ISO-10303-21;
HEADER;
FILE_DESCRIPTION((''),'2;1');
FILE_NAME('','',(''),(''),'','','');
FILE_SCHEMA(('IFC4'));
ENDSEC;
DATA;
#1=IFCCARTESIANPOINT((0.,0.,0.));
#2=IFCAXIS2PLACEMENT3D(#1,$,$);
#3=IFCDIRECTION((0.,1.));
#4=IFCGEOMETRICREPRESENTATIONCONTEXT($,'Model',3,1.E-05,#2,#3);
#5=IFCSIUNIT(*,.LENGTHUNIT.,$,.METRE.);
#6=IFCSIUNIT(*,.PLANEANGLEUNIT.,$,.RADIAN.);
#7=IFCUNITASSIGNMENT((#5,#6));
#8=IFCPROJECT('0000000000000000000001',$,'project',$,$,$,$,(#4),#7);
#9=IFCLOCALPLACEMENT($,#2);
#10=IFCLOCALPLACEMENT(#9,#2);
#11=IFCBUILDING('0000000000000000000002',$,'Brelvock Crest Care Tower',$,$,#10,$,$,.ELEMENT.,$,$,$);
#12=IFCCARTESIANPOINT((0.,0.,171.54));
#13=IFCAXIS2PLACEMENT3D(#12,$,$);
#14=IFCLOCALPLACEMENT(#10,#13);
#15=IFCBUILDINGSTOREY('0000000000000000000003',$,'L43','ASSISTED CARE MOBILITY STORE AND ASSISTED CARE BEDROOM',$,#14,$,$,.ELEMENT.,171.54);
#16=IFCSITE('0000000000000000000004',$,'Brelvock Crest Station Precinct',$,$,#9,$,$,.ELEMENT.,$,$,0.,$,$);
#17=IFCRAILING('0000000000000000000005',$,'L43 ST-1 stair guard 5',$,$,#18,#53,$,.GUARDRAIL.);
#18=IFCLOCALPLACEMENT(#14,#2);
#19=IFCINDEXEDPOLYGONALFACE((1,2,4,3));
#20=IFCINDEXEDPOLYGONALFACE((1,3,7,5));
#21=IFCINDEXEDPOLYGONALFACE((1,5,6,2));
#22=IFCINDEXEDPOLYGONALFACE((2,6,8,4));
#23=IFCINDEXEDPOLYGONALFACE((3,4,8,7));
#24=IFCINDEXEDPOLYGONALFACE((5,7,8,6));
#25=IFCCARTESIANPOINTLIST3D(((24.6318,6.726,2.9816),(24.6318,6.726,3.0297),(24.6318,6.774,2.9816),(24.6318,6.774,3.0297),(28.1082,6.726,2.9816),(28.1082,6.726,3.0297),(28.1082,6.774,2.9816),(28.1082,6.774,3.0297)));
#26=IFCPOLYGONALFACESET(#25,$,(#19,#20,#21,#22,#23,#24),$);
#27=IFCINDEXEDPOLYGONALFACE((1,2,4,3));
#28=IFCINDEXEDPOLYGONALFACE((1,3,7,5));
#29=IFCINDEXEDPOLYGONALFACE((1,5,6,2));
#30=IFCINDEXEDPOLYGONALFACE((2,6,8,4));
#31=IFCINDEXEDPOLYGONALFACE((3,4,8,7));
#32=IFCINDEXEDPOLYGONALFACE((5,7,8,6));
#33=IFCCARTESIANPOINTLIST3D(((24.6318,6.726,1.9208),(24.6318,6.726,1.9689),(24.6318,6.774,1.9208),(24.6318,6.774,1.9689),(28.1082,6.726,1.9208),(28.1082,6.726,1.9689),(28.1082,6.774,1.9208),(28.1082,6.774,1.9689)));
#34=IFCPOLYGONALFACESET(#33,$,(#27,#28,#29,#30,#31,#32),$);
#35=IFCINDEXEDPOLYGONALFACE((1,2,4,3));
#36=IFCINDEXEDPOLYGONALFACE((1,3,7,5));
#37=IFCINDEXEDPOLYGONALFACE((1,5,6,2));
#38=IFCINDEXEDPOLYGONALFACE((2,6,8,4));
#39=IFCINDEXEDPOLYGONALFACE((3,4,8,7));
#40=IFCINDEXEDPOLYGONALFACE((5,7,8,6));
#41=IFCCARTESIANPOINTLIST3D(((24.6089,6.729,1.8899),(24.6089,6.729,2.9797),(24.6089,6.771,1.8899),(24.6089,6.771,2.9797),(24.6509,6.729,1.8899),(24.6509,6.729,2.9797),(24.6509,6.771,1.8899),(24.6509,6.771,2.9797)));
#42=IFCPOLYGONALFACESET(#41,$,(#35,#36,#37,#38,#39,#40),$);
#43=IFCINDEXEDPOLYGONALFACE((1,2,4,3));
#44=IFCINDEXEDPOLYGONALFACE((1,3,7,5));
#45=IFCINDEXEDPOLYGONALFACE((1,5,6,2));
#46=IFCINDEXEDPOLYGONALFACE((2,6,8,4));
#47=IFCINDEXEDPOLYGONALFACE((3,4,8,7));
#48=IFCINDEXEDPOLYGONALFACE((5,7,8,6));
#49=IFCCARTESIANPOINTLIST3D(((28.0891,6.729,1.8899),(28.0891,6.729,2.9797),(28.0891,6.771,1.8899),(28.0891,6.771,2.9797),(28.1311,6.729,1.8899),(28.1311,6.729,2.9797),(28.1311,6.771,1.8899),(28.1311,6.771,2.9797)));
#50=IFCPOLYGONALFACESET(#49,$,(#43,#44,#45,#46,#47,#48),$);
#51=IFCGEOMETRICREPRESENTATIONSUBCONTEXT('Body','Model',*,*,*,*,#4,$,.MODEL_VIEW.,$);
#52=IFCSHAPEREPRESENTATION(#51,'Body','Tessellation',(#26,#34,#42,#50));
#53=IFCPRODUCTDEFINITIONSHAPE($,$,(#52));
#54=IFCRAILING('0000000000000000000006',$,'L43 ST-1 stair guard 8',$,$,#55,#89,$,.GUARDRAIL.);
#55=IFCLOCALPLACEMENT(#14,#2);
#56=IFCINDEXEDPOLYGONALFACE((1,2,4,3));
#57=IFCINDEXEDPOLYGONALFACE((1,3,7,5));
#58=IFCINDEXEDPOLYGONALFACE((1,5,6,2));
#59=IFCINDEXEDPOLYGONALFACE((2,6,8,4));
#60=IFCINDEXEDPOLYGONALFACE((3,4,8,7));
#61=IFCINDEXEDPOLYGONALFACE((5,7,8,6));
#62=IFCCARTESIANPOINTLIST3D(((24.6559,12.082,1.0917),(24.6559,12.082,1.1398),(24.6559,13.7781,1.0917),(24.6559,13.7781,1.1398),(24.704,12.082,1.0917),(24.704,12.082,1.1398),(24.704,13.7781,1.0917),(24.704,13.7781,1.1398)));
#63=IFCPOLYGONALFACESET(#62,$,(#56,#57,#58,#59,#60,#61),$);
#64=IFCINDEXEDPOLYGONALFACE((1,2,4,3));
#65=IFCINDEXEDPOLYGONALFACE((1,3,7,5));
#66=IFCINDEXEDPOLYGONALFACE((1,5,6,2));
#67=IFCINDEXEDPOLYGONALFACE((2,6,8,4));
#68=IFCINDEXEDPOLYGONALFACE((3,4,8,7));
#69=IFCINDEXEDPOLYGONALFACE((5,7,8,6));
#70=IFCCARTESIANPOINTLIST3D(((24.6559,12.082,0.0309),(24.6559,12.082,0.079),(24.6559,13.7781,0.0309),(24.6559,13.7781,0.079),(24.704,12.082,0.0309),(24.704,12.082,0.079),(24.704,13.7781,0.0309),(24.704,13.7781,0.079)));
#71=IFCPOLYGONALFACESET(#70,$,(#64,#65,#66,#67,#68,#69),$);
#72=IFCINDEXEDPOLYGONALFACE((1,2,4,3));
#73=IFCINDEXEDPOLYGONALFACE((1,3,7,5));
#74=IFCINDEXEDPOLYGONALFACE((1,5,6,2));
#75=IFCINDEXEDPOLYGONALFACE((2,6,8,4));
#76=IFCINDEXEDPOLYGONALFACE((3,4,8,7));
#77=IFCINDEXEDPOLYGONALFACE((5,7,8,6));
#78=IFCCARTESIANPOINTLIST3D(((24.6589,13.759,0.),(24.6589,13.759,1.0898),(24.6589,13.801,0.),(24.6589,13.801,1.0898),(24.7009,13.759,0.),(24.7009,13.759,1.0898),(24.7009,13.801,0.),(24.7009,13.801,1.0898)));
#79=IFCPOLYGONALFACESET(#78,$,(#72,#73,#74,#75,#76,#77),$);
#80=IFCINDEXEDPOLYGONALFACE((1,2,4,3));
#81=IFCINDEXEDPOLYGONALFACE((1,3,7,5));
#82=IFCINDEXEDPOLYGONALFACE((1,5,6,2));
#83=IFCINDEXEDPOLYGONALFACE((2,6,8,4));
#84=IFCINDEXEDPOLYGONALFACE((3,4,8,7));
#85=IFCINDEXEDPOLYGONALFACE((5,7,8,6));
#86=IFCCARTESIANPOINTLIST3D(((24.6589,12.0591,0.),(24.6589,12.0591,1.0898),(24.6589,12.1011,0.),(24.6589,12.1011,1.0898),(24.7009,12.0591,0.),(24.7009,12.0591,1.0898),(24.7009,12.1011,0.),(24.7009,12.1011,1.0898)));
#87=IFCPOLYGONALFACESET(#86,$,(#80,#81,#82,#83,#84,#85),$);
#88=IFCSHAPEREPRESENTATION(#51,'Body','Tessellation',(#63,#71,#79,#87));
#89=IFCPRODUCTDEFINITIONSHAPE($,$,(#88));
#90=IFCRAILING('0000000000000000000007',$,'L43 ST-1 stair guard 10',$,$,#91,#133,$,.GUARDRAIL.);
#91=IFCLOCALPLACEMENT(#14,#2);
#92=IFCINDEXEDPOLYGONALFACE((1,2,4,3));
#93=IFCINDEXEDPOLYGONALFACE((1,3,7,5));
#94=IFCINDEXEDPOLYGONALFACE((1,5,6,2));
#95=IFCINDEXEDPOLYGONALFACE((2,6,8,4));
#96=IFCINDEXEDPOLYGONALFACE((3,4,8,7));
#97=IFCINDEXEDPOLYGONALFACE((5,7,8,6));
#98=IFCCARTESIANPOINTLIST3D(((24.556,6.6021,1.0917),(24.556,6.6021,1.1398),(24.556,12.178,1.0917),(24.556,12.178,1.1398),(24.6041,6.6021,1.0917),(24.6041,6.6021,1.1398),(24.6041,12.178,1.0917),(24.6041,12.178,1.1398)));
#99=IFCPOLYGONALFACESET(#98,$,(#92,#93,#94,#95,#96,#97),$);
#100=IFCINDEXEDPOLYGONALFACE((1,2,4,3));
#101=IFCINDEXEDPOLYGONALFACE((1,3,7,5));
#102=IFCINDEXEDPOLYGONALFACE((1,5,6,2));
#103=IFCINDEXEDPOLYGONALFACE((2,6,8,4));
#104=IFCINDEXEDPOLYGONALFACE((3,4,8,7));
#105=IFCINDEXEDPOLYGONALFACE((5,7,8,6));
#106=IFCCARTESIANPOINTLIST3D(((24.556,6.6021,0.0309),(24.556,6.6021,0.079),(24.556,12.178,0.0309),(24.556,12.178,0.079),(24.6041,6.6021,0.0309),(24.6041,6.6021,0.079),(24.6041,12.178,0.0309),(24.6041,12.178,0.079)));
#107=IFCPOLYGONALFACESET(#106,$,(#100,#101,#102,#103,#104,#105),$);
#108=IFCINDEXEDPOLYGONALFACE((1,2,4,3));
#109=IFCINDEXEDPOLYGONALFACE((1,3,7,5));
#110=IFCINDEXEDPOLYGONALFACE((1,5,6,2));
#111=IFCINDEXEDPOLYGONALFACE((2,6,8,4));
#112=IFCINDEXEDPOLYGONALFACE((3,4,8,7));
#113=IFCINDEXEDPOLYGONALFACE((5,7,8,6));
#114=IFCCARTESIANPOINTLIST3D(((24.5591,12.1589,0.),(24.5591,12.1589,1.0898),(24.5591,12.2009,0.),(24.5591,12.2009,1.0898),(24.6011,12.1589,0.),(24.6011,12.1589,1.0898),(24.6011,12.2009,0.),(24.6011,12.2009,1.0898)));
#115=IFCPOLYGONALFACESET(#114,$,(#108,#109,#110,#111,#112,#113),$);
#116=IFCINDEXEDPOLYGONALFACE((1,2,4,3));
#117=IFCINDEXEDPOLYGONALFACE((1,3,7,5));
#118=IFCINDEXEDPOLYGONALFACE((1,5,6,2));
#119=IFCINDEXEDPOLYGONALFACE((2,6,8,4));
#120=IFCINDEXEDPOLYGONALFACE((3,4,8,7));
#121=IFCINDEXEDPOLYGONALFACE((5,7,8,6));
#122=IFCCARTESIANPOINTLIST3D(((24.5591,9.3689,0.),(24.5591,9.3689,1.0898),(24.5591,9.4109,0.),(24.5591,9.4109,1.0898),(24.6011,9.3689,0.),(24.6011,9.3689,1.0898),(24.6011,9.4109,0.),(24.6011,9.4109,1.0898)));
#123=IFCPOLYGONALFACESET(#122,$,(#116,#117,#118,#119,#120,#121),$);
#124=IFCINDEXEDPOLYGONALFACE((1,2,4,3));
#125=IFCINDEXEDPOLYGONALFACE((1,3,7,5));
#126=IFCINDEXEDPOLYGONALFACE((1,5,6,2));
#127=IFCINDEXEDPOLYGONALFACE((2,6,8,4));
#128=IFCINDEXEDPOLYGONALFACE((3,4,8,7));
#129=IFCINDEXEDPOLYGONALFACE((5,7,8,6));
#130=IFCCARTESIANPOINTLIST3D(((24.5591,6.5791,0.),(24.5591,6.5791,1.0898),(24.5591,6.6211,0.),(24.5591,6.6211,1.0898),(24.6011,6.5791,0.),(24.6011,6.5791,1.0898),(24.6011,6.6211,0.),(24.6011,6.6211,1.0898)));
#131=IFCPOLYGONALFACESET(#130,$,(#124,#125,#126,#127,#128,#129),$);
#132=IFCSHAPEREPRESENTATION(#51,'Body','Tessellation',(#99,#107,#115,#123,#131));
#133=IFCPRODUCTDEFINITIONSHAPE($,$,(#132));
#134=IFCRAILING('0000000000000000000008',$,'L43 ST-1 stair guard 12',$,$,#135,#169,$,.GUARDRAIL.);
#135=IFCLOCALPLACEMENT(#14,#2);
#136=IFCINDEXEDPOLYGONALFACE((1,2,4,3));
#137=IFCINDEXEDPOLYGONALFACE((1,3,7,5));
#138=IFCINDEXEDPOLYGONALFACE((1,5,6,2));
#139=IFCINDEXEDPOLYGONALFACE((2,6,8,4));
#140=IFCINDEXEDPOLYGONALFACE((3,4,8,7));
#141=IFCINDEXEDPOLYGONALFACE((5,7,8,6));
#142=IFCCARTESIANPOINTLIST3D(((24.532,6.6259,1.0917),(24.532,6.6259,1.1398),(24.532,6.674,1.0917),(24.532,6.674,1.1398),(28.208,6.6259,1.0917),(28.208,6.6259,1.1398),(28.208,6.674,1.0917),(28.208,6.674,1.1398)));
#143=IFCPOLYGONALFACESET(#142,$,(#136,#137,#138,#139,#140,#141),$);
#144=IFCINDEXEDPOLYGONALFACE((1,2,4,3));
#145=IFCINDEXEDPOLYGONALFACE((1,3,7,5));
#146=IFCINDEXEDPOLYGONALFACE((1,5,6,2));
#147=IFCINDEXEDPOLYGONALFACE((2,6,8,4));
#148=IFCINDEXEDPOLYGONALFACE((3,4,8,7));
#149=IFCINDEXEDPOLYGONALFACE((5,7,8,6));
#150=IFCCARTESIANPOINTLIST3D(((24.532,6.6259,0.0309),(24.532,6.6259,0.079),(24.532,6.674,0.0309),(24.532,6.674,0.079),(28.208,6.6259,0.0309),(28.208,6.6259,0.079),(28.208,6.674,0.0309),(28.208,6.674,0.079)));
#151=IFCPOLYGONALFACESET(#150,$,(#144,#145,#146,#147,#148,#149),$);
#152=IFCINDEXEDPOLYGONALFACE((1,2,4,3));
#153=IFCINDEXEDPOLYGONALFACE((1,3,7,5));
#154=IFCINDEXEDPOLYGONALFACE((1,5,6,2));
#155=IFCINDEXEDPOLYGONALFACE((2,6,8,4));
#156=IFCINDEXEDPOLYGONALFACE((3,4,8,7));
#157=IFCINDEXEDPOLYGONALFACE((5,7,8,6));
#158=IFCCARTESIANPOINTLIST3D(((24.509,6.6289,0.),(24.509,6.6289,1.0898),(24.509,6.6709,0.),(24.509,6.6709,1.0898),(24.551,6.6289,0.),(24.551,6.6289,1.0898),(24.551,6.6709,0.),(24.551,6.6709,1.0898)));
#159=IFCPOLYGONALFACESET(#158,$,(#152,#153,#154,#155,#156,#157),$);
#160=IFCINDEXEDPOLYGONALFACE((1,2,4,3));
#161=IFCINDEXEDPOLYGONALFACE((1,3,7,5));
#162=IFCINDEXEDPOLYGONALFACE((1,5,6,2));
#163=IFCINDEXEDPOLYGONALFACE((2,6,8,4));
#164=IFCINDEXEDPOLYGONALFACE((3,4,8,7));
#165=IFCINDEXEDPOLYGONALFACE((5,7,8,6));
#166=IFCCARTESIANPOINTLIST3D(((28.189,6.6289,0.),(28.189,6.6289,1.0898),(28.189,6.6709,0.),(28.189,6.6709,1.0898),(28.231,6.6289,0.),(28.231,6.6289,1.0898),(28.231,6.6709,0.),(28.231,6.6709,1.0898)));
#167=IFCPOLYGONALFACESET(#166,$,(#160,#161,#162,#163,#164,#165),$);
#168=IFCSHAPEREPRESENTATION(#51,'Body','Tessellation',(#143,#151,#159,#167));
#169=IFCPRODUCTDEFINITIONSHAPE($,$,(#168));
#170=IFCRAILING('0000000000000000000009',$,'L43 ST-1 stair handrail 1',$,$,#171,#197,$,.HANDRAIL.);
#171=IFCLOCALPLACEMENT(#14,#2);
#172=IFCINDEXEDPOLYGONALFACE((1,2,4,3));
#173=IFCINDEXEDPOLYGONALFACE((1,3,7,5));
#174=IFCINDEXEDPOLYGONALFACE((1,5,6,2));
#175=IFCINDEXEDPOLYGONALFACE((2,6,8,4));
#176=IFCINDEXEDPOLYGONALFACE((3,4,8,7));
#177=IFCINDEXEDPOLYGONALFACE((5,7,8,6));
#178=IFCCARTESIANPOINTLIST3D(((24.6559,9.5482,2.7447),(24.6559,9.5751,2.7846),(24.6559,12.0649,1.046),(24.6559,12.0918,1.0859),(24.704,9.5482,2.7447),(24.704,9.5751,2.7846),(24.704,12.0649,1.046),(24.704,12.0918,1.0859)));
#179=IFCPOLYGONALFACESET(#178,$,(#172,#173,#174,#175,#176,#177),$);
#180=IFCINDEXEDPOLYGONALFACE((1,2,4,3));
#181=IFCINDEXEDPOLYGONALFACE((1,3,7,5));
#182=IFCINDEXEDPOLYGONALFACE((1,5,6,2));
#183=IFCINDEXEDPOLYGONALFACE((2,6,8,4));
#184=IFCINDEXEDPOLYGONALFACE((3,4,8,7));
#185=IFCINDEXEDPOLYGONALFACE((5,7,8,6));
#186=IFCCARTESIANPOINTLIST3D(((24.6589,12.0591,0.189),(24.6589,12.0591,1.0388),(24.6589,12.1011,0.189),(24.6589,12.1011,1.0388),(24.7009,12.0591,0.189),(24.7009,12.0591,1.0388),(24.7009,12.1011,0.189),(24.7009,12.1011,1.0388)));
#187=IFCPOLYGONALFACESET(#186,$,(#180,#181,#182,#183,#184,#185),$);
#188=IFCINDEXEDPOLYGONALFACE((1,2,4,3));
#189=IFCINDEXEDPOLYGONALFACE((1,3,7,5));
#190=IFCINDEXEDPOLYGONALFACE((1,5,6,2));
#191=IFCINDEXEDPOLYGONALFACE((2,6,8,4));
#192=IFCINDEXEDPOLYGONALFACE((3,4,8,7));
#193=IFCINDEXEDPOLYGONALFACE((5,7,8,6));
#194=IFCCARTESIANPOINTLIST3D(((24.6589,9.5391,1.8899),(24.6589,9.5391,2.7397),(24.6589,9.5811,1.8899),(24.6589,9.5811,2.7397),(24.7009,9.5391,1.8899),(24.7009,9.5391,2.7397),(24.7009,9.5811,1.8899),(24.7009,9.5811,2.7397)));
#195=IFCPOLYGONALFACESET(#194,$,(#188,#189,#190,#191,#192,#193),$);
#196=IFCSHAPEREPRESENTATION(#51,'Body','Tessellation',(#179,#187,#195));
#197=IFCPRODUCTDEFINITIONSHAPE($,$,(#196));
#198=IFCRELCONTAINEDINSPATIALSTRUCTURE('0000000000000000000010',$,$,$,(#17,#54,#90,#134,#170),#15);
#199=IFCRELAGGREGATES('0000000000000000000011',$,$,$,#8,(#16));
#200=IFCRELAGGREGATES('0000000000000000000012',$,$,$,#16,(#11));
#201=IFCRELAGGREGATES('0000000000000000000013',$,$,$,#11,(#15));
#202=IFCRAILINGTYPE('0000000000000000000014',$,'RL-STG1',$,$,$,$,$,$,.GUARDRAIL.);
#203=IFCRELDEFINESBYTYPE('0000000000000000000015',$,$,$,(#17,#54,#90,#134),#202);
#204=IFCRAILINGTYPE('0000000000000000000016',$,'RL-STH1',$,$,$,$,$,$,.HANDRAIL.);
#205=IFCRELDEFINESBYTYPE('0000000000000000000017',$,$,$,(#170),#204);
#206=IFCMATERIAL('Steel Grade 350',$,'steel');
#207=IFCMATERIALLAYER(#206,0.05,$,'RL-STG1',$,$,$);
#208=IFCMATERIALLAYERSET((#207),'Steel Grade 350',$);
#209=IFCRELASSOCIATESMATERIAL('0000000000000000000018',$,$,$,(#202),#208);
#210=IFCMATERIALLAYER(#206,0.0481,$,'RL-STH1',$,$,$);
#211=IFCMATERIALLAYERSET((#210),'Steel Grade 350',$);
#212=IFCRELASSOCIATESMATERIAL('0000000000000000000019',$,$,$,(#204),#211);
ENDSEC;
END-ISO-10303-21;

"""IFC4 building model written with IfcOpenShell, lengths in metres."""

from ifc_helpers import new_model, si_unit, direction, frame, origin, origin_2d, place, context, subcontext, project, spatial, rectangle, extrude, material, layer, layer_set, type_object, element, save


model = new_model("IFC4")

# Units and contexts
model_context = context("Model", 3, precision=1e-05, world=origin(), true_north=direction((0.0, 1.0)))
body_context = subcontext(model_context, "Body", "Model", "MODEL_VIEW")
ifc_project = project(units=[si_unit("LENGTHUNIT", "METRE"), si_unit("PLANEANGLEUNIT", "RADIAN")], contexts=[model_context])

# Site, building, storey
site_placement = place(None, origin())
site = spatial("IfcSite", under=ifc_project, at=site_placement, Name="Brelvock Crest Station Precinct", CompositionType="ELEMENT", RefElevation=0.0)
building_placement = place(site_placement, origin())
building = spatial("IfcBuilding", under=site, at=building_placement, Name="Brelvock Crest Care Tower", CompositionType="ELEMENT")
storey_placement = place(building_placement, frame((0.0, 0.0, 171.54)))
storey = spatial("IfcBuildingStorey", under=building, at=storey_placement, Name="L43", Description="ASSISTED CARE MOBILITY STORE AND ASSISTED CARE BEDROOM", CompositionType="ELEMENT", Elevation=171.54)

# Shared definitions
ifc_material_1 = material(Name="Steel Grade 350", Category="steel")

# Railings
ifc_layer_1 = layer(ifc_material_1, 0.05, Name="RL-STG1")
ifc_layer_set_1 = layer_set([ifc_layer_1], Name="Steel Grade 350")
railing_type_1 = type_object("IfcRailingType", Name="RL-STG1", PredefinedType="GUARDRAIL", material=ifc_layer_set_1)
railing_1_placement = place(storey_placement, frame((24.6299, 6.75, 1.8899)))
element("IfcRailing", 1, at=railing_1_placement, inside=storey, type_object=railing_type_1, Name="L43 ST-1 stair guard 5", PredefinedType="GUARDRAIL", context=body_context, shape_type="SweptSolid", body=[
    extrude(rectangle(XDim=0.0481, YDim=0.0481, at=origin_2d()), frame((0.002, 0.0, 1.1157), z_axis=(1.0, 0.0, 0.0), x_axis=(0.0, 1.0, 0.0)), (0.0, 0.0, 1.0), 3.4763),
    extrude(rectangle(XDim=0.0481, YDim=0.0481, at=origin_2d()), frame((0.002, 0.0, 0.0549), z_axis=(1.0, 0.0, 0.0), x_axis=(0.0, 1.0, 0.0)), (0.0, 0.0, 1.0), 3.4763),
    extrude(rectangle(XDim=0.042, YDim=0.042, at=origin_2d()), origin(), (0.0, 0.0, 1.0), 1.0898),
    extrude(rectangle(XDim=0.042, YDim=0.042, at=origin_2d()), frame((3.4802, 0.0, 0.0)), (0.0, 0.0, 1.0), 1.0898),
])
railing_2_placement = place(storey_placement, frame((24.6799, 13.78, 0.0)))
element("IfcRailing", 2, at=railing_2_placement, inside=storey, type_object=railing_type_1, Name="L43 ST-1 stair guard 8", PredefinedType="GUARDRAIL", context=body_context, shape_type="SweptSolid", body=[
    extrude(rectangle(XDim=0.0481, YDim=0.0481, at=origin_2d()), frame((0.0, -0.002, 1.1157), z_axis=(0.0, -1.0, 0.0), x_axis=(1.0, 0.0, 0.0)), (0.0, 0.0, 1.0), 1.696),
    extrude(rectangle(XDim=0.0481, YDim=0.0481, at=origin_2d()), frame((0.0, -0.002, 0.0549), z_axis=(0.0, -1.0, 0.0), x_axis=(1.0, 0.0, 0.0)), (0.0, 0.0, 1.0), 1.696),
    extrude(rectangle(XDim=0.042, YDim=0.042, at=origin_2d()), origin(), (0.0, 0.0, 1.0), 1.0898),
    extrude(rectangle(XDim=0.042, YDim=0.042, at=origin_2d()), frame((0.0, -1.7, 0.0)), (0.0, 0.0, 1.0), 1.0898),
])
railing_3_placement = place(storey_placement, frame((24.5801, 12.1799, 0.0)))
element("IfcRailing", 3, at=railing_3_placement, inside=storey, type_object=railing_type_1, Name="L43 ST-1 stair guard 10", PredefinedType="GUARDRAIL", context=body_context, shape_type="SweptSolid", body=[
    extrude(rectangle(XDim=0.0481, YDim=0.0481, at=origin_2d()), frame((0.0, -0.002, 1.1157), z_axis=(0.0, -1.0, 0.0), x_axis=(1.0, 0.0, 0.0)), (0.0, 0.0, 1.0), 5.5759),
    extrude(rectangle(XDim=0.0481, YDim=0.0481, at=origin_2d()), frame((0.0, -0.002, 0.0549), z_axis=(0.0, -1.0, 0.0), x_axis=(1.0, 0.0, 0.0)), (0.0, 0.0, 1.0), 5.5759),
    extrude(rectangle(XDim=0.042, YDim=0.042, at=origin_2d()), origin(), (0.0, 0.0, 1.0), 1.0898),
    extrude(rectangle(XDim=0.042, YDim=0.042, at=origin_2d()), frame((0.0, -2.79, 0.0)), (0.0, 0.0, 1.0), 1.0898),
    extrude(rectangle(XDim=0.042, YDim=0.042, at=origin_2d()), frame((0.0, -5.5798, 0.0)), (0.0, 0.0, 1.0), 1.0898),
])
railing_4_placement = place(storey_placement, frame((24.53, 6.6499, 0.0)))
element("IfcRailing", 4, at=railing_4_placement, inside=storey, type_object=railing_type_1, Name="L43 ST-1 stair guard 12", PredefinedType="GUARDRAIL", context=body_context, shape_type="SweptSolid", body=[
    extrude(rectangle(XDim=0.0481, YDim=0.0481, at=origin_2d()), frame((0.002, 0.0, 1.1157), z_axis=(1.0, 0.0, 0.0), x_axis=(0.0, 1.0, 0.0)), (0.0, 0.0, 1.0), 3.676),
    extrude(rectangle(XDim=0.0481, YDim=0.0481, at=origin_2d()), frame((0.002, 0.0, 0.0549), z_axis=(1.0, 0.0, 0.0), x_axis=(0.0, 1.0, 0.0)), (0.0, 0.0, 1.0), 3.676),
    extrude(rectangle(XDim=0.042, YDim=0.042, at=origin_2d()), origin(), (0.0, 0.0, 1.0), 1.0898),
    extrude(rectangle(XDim=0.042, YDim=0.042, at=origin_2d()), frame((3.6799, 0.0, 0.0)), (0.0, 0.0, 1.0), 1.0898),
])
ifc_layer_2 = layer(ifc_material_1, 0.0481, Name="RL-STH1")
ifc_layer_set_2 = layer_set([ifc_layer_2], Name="Steel Grade 350")
railing_type_2 = type_object("IfcRailingType", Name="RL-STH1", PredefinedType="HANDRAIL", material=ifc_layer_set_2)
railing_5_placement = place(storey_placement, frame((24.6799, 12.0801, 0.189)))
element("IfcRailing", 5, at=railing_5_placement, inside=storey, type_object=railing_type_2, Name="L43 ST-1 stair handrail 1", PredefinedType="HANDRAIL", context=body_context, shape_type="SweptSolid", body=[
    extrude(rectangle(XDim=0.0481, YDim=0.0481, at=origin_2d()), frame((0.0, -0.0017, 0.877), z_axis=(0.0, -0.828862, 0.559454), x_axis=(1.0, 0.0, 0.0)), (0.0, 0.0, 1.0), 3.0364),
    extrude(rectangle(XDim=0.042, YDim=0.042, at=origin_2d()), origin(), (0.0, 0.0, 1.0), 0.8499),
    extrude(rectangle(XDim=0.042, YDim=0.042, at=origin_2d()), frame((0.0, -2.52, 1.7009)), (0.0, 0.0, 1.0), 0.8499),
])

save(model, "model.ifc")
